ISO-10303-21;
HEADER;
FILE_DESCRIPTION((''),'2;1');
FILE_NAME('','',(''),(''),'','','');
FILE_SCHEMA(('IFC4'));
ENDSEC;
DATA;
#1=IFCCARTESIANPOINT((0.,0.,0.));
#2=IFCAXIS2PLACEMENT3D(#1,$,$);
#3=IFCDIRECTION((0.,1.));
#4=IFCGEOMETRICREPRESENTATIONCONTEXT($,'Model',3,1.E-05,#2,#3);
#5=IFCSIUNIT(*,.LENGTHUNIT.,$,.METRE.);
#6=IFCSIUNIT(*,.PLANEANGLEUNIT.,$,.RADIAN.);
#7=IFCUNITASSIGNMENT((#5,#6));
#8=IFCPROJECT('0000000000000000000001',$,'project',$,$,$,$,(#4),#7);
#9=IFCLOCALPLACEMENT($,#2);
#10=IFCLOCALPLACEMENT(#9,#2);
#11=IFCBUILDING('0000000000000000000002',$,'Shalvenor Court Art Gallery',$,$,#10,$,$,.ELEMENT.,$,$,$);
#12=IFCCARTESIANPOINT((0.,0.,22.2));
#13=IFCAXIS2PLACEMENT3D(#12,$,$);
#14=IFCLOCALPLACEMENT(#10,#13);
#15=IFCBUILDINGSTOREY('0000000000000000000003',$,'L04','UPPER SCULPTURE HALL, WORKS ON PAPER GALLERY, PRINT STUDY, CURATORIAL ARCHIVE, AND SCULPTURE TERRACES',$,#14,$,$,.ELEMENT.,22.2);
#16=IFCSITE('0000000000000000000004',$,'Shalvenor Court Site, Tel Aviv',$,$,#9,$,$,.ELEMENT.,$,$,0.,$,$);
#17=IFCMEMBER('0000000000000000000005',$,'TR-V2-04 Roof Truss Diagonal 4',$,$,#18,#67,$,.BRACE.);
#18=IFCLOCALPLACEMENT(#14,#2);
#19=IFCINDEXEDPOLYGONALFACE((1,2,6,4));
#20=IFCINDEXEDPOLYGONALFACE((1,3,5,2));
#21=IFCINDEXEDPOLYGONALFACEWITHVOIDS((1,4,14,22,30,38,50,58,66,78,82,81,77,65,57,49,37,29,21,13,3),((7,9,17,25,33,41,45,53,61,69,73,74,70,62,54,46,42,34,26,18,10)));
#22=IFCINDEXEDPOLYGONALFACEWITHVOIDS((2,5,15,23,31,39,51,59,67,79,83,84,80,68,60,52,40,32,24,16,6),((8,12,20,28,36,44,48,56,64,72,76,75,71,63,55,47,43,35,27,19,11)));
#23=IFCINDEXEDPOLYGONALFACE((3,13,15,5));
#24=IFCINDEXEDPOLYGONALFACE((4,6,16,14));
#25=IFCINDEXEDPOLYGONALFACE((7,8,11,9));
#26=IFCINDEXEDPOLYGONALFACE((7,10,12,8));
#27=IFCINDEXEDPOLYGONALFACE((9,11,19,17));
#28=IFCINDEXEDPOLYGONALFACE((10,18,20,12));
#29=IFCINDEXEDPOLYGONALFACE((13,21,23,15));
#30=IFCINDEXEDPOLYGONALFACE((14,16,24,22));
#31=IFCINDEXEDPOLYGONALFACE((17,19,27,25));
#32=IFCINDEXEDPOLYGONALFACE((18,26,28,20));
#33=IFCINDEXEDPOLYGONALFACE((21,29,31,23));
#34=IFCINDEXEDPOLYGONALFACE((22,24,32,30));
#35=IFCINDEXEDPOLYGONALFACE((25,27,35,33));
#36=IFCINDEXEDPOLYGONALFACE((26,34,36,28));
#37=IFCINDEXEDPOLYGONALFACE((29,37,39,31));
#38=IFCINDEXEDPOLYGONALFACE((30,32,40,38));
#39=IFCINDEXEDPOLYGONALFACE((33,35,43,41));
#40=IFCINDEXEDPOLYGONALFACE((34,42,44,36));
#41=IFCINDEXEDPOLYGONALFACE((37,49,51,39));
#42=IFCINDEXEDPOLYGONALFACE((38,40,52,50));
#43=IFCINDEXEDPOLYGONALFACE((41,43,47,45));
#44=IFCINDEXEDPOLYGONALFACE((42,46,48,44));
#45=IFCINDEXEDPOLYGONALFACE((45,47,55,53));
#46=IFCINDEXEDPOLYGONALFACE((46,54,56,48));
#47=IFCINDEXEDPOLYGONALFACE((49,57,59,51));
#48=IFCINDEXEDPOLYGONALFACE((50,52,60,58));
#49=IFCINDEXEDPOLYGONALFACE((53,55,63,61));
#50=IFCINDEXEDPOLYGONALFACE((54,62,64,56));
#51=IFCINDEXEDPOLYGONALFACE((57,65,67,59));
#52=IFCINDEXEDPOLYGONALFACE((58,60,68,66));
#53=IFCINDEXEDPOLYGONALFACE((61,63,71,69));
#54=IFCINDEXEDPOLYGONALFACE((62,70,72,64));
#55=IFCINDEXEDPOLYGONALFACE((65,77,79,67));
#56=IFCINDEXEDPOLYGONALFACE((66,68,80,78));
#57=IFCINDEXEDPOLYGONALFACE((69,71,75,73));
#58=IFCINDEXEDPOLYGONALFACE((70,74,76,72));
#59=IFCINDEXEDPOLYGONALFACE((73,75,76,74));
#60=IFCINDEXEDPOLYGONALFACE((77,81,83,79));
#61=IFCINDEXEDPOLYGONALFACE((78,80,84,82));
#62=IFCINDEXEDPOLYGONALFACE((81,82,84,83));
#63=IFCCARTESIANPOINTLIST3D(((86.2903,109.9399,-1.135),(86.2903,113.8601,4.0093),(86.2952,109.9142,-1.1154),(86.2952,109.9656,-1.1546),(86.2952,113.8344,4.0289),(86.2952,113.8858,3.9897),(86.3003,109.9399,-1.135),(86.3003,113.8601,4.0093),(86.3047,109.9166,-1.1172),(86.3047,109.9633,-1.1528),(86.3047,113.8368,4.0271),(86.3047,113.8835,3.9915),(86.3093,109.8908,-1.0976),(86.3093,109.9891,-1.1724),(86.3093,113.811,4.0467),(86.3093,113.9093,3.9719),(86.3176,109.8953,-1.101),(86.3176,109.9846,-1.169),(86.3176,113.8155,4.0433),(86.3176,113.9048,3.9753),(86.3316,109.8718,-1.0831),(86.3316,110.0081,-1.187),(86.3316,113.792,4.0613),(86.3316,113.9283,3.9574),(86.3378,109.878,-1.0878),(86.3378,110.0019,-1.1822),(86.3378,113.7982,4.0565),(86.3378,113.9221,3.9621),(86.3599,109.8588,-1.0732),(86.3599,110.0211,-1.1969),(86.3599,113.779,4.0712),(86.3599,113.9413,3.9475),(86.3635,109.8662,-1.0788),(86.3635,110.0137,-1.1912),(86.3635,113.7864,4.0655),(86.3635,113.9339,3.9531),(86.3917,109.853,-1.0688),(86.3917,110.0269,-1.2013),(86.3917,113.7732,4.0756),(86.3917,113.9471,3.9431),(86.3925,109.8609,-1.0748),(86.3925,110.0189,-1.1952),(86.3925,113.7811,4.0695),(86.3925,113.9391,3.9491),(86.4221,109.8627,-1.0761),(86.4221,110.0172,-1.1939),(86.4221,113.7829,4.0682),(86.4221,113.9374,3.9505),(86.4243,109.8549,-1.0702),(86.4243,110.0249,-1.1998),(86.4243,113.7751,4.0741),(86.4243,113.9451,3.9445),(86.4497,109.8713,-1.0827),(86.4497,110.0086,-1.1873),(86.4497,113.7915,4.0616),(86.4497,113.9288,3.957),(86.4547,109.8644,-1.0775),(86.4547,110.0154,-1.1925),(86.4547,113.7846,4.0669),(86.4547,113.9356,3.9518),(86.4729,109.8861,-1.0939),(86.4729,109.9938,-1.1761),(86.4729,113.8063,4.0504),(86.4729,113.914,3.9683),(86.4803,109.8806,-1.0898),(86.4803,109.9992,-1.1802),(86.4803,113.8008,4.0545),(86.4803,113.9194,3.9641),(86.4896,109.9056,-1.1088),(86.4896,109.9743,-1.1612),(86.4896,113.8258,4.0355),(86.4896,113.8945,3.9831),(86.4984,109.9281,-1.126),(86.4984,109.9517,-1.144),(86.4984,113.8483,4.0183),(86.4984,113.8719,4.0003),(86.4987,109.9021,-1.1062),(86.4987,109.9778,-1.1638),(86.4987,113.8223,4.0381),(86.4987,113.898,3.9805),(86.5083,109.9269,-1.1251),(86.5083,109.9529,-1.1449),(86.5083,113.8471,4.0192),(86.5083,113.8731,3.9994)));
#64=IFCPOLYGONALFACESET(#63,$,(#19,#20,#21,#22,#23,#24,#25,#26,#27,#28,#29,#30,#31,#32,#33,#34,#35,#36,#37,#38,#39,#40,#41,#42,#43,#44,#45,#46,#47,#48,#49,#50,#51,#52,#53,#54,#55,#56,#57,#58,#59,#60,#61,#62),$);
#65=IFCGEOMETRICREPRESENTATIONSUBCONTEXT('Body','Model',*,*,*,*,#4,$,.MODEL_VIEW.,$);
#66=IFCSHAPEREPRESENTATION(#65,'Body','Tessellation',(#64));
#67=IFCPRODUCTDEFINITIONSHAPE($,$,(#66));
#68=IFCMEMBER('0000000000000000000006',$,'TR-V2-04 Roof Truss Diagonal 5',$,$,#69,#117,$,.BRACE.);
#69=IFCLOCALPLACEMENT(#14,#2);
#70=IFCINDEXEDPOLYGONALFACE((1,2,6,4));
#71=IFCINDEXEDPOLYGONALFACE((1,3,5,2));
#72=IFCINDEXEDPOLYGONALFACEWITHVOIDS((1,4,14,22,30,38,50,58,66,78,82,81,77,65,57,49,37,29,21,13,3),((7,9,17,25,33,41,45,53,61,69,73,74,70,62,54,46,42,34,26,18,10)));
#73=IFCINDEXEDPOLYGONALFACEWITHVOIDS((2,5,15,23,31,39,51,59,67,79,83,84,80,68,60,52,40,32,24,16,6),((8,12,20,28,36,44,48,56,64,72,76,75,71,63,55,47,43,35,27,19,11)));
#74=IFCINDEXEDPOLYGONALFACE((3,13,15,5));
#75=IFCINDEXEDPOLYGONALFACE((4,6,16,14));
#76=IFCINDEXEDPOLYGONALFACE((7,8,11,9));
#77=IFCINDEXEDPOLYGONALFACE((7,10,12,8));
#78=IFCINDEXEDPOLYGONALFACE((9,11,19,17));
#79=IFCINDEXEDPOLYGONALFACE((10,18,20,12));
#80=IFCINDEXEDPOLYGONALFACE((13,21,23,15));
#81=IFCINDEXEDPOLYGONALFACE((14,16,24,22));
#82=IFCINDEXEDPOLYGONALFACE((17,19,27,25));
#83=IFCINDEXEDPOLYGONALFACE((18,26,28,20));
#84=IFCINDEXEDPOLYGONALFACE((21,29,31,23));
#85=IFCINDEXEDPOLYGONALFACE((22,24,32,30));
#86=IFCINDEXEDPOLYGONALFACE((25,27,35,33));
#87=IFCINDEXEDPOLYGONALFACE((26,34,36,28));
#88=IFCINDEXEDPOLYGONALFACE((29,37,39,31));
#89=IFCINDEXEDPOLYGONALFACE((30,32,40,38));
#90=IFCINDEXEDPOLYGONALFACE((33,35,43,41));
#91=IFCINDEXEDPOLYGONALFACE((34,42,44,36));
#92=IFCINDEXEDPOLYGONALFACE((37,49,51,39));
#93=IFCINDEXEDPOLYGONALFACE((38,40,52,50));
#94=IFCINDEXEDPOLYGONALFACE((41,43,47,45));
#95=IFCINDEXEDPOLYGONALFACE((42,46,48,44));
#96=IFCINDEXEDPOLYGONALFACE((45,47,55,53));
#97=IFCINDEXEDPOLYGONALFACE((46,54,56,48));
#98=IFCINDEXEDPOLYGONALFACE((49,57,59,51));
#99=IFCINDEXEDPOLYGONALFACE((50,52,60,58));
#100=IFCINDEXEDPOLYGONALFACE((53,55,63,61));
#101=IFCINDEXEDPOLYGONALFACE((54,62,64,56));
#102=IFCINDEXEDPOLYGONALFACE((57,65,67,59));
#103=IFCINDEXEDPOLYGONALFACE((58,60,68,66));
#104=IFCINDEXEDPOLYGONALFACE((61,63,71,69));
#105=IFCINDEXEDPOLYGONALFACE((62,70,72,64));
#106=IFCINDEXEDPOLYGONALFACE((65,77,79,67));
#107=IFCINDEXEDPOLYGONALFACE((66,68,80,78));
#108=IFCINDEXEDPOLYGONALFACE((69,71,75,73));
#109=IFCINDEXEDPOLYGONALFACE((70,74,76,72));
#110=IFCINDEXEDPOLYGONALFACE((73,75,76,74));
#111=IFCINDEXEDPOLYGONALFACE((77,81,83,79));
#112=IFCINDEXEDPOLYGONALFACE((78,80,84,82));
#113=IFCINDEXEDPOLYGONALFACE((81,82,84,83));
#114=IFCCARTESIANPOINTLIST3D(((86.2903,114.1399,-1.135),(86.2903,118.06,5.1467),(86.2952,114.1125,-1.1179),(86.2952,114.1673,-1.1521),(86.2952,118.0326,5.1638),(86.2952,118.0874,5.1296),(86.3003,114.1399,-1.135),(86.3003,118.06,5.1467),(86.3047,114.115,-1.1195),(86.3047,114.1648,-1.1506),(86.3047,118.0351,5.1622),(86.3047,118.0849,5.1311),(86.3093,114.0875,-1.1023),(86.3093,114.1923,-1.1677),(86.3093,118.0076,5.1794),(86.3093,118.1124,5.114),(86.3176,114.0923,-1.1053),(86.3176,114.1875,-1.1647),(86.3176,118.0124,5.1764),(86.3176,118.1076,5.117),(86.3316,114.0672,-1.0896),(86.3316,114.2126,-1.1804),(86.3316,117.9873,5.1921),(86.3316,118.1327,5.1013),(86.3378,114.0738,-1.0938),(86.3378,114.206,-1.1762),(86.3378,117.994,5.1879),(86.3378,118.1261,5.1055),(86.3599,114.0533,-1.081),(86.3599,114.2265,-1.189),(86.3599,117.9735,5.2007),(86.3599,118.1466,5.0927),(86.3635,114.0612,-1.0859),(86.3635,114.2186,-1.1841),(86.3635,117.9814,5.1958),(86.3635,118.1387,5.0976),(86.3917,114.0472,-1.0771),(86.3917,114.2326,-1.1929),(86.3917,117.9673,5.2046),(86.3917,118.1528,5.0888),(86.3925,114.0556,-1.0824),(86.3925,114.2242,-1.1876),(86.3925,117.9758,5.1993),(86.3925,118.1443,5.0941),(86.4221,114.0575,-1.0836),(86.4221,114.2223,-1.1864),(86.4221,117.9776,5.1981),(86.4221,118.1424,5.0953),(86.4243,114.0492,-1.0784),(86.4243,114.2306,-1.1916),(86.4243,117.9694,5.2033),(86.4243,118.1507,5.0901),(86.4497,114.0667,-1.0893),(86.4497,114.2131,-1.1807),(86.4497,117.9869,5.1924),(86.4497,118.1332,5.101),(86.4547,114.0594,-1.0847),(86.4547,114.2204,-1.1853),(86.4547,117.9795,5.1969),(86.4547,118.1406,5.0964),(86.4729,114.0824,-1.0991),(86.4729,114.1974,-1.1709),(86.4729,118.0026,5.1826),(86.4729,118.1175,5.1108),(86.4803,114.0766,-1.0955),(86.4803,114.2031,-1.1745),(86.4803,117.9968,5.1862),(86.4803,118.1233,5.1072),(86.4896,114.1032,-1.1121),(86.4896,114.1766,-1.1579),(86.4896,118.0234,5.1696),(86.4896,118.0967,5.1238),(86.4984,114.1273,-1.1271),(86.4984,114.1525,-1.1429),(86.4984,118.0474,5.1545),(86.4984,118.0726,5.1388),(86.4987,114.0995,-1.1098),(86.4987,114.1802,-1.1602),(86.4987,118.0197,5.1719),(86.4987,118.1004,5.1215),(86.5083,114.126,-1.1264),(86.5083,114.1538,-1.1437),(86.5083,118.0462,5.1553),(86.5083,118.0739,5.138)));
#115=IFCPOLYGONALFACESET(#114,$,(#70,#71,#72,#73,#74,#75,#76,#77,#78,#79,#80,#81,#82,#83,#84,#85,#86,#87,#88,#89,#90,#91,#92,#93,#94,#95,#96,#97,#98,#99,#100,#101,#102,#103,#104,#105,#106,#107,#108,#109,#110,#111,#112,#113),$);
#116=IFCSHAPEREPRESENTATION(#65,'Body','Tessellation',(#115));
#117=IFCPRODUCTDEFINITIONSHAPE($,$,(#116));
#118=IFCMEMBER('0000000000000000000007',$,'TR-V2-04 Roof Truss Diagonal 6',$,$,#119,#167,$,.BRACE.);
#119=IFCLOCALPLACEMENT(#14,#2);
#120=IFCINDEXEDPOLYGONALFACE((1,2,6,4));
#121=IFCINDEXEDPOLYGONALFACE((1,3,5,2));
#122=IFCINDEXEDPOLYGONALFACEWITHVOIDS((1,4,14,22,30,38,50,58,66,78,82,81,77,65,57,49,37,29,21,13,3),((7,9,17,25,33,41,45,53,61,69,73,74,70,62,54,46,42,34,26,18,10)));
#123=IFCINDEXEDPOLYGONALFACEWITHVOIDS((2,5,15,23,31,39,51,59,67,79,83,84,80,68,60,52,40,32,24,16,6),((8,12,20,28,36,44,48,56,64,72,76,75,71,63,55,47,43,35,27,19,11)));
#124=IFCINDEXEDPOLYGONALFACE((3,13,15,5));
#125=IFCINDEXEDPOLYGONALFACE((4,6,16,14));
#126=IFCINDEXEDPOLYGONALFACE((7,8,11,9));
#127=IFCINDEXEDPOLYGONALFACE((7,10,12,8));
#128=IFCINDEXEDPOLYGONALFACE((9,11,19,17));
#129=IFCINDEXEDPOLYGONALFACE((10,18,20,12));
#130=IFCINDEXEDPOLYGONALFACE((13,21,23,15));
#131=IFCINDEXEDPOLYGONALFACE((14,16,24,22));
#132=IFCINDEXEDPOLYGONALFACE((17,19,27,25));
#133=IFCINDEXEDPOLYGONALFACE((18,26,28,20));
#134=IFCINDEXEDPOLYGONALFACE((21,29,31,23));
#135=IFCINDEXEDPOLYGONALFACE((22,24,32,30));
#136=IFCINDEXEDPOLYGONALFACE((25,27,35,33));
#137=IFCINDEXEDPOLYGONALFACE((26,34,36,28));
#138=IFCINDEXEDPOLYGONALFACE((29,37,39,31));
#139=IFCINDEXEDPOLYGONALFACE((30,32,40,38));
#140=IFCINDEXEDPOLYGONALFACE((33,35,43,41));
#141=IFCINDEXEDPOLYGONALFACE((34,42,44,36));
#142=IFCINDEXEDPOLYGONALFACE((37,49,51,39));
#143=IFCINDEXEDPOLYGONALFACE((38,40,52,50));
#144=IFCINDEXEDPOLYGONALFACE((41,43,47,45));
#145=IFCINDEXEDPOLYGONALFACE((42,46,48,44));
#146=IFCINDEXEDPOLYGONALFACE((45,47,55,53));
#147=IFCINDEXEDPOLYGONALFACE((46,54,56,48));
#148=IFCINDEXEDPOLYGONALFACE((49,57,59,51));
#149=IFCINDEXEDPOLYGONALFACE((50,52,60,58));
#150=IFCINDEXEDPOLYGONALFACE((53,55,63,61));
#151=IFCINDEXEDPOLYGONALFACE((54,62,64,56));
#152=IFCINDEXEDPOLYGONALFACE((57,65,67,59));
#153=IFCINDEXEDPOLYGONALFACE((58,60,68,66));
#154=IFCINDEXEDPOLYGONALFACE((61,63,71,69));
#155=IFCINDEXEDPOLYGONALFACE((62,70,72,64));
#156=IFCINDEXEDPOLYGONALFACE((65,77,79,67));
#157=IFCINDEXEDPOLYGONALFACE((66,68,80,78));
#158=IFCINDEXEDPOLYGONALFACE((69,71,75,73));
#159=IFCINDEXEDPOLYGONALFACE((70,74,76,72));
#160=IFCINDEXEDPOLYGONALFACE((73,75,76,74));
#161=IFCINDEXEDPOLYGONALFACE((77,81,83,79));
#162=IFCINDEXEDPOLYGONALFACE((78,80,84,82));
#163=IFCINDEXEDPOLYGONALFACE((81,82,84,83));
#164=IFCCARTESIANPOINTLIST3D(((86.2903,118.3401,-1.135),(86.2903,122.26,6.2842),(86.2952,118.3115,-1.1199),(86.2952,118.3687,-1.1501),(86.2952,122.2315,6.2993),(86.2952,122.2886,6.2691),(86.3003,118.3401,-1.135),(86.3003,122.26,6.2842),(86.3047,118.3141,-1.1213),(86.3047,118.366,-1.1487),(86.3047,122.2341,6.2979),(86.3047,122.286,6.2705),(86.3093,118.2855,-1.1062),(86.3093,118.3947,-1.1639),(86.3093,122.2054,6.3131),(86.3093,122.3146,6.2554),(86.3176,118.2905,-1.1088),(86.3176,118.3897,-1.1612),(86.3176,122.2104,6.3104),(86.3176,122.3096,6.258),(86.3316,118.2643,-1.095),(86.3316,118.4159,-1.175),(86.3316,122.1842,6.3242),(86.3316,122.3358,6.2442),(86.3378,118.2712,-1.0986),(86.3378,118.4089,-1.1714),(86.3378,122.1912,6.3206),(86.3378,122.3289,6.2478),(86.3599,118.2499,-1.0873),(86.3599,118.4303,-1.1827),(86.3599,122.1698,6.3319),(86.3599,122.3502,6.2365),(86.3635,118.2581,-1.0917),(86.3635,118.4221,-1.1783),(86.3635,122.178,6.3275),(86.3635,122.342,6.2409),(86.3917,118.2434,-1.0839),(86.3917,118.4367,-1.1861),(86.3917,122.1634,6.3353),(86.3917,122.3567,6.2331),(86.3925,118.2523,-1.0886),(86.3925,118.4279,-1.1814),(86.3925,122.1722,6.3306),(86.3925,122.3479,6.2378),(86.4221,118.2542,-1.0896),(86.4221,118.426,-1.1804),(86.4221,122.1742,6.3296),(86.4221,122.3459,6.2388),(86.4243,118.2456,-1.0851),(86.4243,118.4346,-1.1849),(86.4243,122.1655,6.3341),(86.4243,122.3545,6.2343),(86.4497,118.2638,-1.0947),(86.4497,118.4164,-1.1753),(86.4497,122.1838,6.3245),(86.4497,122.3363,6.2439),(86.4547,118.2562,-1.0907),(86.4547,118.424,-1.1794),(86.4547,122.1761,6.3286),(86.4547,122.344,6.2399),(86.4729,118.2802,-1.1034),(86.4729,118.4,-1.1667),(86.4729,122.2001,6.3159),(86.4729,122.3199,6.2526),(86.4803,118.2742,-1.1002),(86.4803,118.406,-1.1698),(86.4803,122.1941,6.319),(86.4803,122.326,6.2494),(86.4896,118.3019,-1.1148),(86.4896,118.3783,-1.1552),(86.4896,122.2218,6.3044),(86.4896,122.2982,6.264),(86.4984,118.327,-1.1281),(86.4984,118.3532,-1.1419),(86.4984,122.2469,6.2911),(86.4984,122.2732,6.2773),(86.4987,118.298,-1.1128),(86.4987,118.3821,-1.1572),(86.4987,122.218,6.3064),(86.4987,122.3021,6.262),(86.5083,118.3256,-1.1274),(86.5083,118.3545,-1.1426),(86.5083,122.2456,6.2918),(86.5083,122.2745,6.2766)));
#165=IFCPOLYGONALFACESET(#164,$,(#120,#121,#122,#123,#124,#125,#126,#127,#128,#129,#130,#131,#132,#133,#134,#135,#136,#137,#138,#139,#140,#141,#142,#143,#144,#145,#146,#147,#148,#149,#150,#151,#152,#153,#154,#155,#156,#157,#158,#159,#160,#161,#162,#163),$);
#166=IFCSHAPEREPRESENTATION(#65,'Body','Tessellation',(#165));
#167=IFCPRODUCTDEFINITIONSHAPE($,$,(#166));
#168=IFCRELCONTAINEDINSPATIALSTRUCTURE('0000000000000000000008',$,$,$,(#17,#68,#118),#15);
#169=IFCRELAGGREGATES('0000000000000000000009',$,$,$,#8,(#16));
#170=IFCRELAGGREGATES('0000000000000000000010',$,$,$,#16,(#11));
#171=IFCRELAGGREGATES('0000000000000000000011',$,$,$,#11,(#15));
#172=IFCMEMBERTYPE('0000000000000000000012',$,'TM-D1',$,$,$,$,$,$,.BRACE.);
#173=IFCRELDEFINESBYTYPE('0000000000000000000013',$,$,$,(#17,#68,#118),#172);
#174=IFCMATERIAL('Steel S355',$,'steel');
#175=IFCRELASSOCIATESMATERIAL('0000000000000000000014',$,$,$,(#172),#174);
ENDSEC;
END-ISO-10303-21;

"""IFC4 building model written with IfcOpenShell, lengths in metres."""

from ifc_helpers import new_model, si_unit, direction, frame, origin, origin_2d, place, context, subcontext, project, spatial, hollow_circle, extrude, material, material_profile, profile_set, type_object, element, save


model = new_model("IFC4")

# Units and contexts
model_context = context("Model", 3, precision=1e-05, world=origin(), true_north=direction((0.0, 1.0)))
body_context = subcontext(model_context, "Body", "Model", "MODEL_VIEW")
ifc_project = project(units=[si_unit("LENGTHUNIT", "METRE"), si_unit("PLANEANGLEUNIT", "RADIAN")], contexts=[model_context])

# Site, building, storey
site_placement = place(None, origin())
site = spatial("IfcSite", under=ifc_project, at=site_placement, Name="Shalvenor Court Site, Tel Aviv", CompositionType="ELEMENT", RefElevation=0.0)
building_placement = place(site_placement, origin())
building = spatial("IfcBuilding", under=site, at=building_placement, Name="Shalvenor Court Art Gallery", CompositionType="ELEMENT")
storey_placement = place(building_placement, frame((0.0, 0.0, 22.2)))
storey = spatial("IfcBuildingStorey", under=building, at=storey_placement, Name="L04", Description="UPPER SCULPTURE HALL, WORKS ON PAPER GALLERY, PRINT STUDY, CURATORIAL ARCHIVE, AND SCULPTURE TERRACES", CompositionType="ELEMENT", Elevation=22.2)

# Members
ifc_material_1 = material(Name="Steel S355", Category="steel")
ifc_material_profile_1 = material_profile(ifc_material_1, hollow_circle(Radius=0.1096, WallThickness=0.01, at=origin_2d()), Name="CHS 219.1x10.0")
ifc_profile_set_1 = profile_set([ifc_material_profile_1], Name="Steel S355")
member_type_1 = type_object("IfcMemberType", Name="TM-D1", PredefinedType="BRACE", material=ifc_profile_set_1)
member_1_placement = place(storey_placement, frame((86.3999, 109.9399, -1.135), z_axis=(0.0, 0.606113, 0.795379), x_axis=(-1.0, 0.0, 0.0)))
element("IfcMember", 1, at=member_1_placement, inside=storey, type_object=member_type_1, Name="TR-V2-04 Roof Truss Diagonal 4", PredefinedType="BRACE", context=body_context, shape_type="SweptSolid", body=[
    extrude(hollow_circle(Radius=0.1096, WallThickness=0.01, at=origin_2d()), origin(), (0.0, 0.0, 1.0), 6.4678),
])
member_2_placement = place(storey_placement, frame((86.3999, 114.1399, -1.135), z_axis=(0.0, 0.529424, 0.848357), x_axis=(-1.0, 0.0, 0.0)))
element("IfcMember", 2, at=member_2_placement, inside=storey, type_object=member_type_1, Name="TR-V2-04 Roof Truss Diagonal 5", PredefinedType="BRACE", context=body_context, shape_type="SweptSolid", body=[
    extrude(hollow_circle(Radius=0.1096, WallThickness=0.01, at=origin_2d()), origin(), (0.0, 0.0, 1.0), 7.4045),
])
member_3_placement = place(storey_placement, frame((86.3999, 118.3401, -1.135), z_axis=(0.0, 0.467154, 0.884176), x_axis=(-1.0, 0.0, 0.0)))
element("IfcMember", 3, at=member_3_placement, inside=storey, type_object=member_type_1, Name="TR-V2-04 Roof Truss Diagonal 6", PredefinedType="BRACE", context=body_context, shape_type="SweptSolid", body=[
    extrude(hollow_circle(Radius=0.1096, WallThickness=0.01, at=origin_2d()), origin(), (0.0, 0.0, 1.0), 8.3911),
])

save(model, "model.ifc")
